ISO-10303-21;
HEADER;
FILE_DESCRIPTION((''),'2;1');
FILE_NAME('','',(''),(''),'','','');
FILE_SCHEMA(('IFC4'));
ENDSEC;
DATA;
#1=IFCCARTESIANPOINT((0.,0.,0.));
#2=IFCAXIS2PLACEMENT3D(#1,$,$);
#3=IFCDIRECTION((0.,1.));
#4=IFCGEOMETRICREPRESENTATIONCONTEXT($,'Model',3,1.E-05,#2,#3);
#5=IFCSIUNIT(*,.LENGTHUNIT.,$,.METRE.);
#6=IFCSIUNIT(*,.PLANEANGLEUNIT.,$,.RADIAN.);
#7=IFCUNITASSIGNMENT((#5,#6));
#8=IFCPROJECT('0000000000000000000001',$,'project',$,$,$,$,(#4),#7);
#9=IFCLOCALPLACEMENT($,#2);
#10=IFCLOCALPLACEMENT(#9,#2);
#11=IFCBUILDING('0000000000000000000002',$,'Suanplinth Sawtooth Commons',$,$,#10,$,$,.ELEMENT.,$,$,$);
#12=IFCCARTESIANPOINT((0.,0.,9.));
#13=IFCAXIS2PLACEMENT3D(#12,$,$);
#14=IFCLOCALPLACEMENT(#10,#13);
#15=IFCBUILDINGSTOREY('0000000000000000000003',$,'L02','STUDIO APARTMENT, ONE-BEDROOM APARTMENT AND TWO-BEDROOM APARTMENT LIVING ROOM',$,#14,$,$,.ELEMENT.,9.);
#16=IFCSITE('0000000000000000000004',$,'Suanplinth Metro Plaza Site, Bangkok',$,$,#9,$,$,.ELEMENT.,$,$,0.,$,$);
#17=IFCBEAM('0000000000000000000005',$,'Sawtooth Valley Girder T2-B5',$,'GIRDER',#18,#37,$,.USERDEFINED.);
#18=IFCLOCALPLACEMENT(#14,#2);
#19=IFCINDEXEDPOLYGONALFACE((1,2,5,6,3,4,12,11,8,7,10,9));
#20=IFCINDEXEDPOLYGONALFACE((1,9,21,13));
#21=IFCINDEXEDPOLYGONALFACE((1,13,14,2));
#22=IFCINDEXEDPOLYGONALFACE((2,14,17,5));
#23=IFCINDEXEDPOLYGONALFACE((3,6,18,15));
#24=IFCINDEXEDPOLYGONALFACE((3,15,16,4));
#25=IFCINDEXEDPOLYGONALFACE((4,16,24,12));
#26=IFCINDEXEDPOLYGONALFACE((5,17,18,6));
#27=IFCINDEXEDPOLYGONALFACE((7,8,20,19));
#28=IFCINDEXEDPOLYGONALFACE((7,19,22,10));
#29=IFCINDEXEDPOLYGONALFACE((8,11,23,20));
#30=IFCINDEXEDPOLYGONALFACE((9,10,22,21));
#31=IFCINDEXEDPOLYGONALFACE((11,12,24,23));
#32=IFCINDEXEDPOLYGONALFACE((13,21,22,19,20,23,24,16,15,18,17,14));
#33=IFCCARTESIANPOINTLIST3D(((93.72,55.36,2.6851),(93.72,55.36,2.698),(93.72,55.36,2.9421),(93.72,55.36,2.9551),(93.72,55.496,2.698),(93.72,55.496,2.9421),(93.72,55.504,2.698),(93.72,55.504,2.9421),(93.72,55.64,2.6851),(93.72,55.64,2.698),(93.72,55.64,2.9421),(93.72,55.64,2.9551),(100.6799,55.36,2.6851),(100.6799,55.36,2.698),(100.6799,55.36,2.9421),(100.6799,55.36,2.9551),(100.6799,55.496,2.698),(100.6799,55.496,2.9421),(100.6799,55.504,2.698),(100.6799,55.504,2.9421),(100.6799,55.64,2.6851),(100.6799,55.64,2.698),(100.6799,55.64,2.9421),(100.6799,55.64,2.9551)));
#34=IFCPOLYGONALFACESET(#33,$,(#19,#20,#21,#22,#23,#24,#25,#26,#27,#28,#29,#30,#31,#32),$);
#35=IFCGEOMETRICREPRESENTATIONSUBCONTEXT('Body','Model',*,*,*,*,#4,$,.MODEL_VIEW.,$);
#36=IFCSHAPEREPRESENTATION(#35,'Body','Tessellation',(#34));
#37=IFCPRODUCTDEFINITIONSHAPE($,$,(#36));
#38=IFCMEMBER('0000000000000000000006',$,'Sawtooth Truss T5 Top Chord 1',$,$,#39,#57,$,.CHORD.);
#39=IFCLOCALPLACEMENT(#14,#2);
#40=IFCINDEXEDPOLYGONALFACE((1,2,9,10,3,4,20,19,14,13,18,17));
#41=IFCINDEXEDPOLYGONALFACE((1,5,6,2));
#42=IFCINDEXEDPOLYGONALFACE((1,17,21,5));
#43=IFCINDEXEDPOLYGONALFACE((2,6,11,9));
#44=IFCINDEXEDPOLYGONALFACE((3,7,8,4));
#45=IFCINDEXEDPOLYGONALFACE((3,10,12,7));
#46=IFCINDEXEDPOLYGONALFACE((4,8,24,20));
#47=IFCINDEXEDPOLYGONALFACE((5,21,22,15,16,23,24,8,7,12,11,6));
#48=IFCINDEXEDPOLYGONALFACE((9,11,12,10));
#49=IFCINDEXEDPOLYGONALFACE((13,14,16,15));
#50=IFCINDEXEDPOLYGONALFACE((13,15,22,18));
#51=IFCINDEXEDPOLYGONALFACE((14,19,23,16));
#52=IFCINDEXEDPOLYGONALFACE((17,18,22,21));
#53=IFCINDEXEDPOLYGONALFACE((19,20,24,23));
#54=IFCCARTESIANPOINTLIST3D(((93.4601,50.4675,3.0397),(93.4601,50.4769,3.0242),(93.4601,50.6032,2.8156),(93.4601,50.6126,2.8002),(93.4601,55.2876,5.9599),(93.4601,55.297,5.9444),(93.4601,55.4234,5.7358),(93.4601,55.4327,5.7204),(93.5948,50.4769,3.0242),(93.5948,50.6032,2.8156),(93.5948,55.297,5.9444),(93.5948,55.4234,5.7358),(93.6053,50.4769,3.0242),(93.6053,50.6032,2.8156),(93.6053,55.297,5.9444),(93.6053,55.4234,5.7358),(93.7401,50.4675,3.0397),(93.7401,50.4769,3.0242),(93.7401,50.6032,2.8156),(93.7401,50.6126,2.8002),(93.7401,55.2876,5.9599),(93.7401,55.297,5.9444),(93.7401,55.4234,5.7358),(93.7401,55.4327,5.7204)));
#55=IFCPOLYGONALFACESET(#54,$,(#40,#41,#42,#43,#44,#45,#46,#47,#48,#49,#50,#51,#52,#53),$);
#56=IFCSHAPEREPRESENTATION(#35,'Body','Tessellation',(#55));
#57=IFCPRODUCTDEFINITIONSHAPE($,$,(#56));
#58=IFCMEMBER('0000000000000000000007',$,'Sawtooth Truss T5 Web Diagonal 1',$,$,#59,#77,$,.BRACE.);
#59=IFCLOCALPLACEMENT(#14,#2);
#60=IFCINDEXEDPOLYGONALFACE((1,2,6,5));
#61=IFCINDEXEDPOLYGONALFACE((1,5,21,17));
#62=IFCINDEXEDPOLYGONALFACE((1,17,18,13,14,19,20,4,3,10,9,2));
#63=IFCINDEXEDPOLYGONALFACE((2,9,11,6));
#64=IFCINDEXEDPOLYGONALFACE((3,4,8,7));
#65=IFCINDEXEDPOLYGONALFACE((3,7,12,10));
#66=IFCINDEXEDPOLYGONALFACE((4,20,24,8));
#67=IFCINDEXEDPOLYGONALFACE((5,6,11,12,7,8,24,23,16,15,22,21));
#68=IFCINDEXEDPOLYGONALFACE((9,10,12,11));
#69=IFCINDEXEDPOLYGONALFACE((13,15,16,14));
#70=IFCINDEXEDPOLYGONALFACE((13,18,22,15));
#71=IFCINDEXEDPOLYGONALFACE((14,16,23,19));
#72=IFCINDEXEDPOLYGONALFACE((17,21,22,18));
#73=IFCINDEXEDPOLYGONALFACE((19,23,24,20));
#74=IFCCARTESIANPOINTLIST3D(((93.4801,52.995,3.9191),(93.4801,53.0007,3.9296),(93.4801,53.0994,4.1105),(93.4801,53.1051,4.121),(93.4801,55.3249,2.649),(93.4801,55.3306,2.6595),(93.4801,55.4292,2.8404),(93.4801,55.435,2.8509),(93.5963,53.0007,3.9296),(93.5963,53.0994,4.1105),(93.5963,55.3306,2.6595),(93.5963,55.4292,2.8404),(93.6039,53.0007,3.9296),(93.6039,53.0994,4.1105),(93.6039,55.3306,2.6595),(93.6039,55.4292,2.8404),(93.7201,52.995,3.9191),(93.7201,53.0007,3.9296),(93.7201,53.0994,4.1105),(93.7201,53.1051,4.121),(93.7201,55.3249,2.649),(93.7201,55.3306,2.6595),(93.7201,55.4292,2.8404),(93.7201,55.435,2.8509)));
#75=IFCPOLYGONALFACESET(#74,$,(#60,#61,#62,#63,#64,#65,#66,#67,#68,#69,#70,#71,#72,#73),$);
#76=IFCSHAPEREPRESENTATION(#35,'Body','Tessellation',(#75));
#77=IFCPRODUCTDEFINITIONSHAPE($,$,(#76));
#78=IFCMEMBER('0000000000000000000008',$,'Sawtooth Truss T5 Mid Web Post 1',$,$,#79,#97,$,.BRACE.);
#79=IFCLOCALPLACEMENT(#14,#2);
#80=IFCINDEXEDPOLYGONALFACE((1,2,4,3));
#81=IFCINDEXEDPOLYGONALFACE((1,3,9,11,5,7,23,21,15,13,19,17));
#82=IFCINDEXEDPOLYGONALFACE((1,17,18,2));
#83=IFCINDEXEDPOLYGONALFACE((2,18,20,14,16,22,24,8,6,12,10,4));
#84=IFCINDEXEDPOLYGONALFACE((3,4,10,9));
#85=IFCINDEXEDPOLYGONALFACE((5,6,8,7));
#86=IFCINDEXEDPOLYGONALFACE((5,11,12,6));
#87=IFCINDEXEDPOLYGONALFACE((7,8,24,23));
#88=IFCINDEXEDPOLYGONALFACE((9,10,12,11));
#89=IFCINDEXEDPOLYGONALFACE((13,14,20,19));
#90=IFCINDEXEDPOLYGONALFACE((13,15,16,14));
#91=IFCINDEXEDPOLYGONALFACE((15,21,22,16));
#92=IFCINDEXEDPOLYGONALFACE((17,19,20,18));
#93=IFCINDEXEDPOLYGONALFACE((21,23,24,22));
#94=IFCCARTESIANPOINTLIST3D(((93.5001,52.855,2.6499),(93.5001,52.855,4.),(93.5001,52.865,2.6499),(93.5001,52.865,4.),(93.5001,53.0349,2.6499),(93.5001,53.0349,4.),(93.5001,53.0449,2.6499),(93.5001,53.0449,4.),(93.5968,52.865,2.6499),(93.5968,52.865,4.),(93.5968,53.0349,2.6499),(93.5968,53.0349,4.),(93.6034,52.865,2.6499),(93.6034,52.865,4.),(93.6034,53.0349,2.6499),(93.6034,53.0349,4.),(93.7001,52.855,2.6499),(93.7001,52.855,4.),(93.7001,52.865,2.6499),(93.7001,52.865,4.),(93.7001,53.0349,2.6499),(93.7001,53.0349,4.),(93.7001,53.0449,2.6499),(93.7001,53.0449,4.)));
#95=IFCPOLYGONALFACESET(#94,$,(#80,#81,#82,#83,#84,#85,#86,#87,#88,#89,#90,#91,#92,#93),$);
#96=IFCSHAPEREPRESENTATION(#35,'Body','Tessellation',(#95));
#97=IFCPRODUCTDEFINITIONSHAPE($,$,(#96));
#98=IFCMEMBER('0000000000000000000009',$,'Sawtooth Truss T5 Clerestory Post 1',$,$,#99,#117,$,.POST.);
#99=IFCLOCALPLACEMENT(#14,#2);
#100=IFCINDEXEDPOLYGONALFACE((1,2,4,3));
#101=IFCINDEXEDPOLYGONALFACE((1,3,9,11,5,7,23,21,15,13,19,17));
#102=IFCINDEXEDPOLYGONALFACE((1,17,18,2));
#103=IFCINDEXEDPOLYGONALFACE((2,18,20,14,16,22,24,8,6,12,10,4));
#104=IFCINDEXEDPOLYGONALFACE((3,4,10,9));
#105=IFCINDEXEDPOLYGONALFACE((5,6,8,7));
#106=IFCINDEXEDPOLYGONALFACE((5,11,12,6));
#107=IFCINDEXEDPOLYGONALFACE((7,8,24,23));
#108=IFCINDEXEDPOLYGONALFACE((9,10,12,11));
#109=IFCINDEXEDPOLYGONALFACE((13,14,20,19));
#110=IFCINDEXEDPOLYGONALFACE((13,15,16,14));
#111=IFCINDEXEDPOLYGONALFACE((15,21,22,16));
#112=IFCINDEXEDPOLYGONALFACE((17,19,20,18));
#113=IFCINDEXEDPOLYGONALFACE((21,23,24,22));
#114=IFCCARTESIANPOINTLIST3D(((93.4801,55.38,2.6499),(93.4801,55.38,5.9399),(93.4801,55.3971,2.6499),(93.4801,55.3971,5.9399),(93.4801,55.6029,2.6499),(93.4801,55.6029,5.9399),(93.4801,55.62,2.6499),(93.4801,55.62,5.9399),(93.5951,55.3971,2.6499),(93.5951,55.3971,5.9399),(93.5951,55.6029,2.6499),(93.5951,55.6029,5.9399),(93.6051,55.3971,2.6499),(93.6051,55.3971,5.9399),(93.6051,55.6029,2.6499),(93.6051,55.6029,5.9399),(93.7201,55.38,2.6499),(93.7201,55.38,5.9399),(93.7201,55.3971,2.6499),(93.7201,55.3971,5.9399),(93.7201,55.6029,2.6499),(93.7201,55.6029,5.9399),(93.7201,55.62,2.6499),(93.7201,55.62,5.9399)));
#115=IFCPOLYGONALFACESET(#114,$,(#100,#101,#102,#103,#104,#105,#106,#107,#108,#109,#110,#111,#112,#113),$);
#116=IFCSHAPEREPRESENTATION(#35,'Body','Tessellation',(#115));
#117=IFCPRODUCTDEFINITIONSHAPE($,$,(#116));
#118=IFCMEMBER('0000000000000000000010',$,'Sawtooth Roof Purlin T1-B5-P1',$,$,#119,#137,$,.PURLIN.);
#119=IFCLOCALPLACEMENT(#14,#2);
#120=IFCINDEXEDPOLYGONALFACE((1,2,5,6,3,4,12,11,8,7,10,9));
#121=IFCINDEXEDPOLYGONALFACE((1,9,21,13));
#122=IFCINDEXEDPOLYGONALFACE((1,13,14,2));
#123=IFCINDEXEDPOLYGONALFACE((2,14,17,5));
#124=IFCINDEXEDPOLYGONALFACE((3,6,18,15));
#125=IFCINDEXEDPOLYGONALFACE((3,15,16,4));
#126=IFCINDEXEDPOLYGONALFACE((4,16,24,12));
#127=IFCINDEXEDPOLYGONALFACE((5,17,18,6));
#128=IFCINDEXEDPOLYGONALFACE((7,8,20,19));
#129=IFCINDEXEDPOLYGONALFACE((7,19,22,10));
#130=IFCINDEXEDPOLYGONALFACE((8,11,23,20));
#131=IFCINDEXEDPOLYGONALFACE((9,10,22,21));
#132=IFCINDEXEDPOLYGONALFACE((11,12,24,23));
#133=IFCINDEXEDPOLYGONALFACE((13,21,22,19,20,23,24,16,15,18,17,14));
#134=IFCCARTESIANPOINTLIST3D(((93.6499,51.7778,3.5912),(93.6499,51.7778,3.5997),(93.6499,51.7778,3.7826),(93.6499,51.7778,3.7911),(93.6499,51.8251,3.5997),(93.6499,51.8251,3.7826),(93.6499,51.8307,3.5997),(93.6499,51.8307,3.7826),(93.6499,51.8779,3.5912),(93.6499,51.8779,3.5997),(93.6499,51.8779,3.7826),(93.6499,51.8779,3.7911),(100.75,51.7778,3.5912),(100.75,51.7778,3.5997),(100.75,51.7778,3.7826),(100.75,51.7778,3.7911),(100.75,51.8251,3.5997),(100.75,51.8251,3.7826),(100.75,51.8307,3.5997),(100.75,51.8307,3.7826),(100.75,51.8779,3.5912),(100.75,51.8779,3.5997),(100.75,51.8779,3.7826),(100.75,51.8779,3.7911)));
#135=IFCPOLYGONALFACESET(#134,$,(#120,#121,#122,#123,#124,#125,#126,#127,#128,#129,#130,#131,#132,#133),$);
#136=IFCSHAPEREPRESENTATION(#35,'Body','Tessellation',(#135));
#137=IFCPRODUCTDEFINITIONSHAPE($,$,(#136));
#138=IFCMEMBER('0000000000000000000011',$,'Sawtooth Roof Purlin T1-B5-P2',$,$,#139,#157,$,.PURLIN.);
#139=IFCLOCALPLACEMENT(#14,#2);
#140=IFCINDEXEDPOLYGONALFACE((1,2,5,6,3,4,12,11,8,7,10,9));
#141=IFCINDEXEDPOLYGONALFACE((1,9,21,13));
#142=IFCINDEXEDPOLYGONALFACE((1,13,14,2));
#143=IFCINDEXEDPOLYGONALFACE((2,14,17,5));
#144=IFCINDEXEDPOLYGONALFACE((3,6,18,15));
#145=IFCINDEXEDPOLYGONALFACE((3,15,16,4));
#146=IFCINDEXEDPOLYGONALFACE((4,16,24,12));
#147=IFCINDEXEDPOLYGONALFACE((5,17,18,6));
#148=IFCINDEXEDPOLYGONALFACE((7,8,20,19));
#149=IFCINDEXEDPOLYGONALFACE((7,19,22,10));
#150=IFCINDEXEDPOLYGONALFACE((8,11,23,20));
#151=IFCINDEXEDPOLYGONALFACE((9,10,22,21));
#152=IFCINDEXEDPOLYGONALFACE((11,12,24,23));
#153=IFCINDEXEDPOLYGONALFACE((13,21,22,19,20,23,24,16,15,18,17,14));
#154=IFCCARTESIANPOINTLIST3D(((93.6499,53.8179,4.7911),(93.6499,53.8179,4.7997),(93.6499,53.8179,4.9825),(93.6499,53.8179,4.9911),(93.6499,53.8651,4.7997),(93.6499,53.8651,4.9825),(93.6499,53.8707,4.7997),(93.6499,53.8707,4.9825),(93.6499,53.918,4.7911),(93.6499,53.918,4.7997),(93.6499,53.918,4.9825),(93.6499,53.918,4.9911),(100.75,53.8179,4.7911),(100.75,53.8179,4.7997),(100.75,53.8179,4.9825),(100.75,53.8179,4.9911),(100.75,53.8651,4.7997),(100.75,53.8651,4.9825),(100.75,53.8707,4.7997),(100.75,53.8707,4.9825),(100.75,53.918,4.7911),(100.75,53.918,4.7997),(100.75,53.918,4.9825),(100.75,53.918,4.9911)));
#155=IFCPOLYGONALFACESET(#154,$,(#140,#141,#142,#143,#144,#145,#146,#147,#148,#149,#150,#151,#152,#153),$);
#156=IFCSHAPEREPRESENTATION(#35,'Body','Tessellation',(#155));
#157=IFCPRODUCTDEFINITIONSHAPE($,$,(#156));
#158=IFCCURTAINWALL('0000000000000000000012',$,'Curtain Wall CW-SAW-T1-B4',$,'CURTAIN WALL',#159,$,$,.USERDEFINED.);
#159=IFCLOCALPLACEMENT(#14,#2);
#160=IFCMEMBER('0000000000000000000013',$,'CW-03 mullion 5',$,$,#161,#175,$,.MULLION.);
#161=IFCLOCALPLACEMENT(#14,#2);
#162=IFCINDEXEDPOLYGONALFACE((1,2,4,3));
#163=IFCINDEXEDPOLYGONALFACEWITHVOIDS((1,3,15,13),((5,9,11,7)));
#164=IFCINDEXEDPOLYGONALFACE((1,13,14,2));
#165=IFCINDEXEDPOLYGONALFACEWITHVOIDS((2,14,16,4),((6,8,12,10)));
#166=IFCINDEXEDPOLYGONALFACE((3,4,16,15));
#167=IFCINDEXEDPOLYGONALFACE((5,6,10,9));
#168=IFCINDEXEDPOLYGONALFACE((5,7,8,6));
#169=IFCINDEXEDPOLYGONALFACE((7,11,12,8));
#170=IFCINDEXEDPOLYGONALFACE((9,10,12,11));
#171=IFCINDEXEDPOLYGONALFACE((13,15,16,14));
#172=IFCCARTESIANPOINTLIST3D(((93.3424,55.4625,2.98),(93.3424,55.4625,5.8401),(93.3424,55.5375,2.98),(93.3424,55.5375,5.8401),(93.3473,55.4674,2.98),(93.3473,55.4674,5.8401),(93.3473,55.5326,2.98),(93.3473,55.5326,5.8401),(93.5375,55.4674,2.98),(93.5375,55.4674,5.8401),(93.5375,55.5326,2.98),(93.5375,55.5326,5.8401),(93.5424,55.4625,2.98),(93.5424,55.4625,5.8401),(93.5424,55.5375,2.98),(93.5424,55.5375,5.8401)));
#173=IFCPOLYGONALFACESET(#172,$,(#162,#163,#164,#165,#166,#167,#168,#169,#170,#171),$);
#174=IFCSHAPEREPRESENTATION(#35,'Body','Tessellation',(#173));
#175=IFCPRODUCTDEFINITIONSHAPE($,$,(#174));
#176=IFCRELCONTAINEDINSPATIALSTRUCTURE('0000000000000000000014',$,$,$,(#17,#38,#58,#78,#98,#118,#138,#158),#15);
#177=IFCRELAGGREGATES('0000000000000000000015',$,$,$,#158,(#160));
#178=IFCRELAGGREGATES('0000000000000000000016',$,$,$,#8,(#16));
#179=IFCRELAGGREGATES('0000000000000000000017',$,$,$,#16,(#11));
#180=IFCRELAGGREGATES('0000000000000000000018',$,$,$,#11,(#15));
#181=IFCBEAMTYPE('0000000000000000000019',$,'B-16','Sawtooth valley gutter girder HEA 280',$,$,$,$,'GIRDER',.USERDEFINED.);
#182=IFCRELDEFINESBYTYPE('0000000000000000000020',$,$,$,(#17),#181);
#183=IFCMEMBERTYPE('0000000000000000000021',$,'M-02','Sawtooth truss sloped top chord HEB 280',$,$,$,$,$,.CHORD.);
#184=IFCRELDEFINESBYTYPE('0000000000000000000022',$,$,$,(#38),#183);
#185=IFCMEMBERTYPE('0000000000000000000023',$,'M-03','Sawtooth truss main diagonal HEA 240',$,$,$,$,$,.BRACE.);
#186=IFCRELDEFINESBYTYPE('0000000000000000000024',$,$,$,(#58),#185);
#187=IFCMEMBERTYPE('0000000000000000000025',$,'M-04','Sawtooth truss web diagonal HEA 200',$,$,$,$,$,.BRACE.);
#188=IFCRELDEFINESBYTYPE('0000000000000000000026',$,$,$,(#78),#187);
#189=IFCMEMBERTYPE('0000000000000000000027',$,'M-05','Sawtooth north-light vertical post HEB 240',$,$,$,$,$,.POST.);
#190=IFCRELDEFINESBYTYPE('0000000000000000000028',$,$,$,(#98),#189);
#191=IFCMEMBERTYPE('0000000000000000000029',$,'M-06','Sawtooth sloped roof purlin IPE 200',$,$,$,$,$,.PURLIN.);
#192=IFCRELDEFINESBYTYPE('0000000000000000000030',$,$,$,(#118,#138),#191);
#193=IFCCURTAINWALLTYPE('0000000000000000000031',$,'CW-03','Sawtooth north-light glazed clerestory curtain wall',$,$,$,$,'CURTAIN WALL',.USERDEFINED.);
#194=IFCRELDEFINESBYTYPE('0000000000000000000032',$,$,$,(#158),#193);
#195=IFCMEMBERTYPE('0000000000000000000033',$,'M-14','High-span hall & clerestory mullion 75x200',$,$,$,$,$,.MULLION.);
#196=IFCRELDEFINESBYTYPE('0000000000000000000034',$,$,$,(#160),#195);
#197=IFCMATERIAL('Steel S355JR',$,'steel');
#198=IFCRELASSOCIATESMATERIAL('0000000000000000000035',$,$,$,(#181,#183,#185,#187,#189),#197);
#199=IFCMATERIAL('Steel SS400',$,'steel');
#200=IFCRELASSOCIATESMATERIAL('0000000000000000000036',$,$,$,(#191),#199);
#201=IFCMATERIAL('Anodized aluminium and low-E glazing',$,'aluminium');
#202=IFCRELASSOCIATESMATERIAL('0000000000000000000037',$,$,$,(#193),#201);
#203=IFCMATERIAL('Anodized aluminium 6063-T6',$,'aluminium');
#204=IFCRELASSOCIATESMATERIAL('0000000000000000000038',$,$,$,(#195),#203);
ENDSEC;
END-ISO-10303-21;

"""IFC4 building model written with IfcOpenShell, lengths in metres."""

from ifc_helpers import new_model, si_unit, direction, frame, origin, origin_2d, place, context, subcontext, project, spatial, hollow_rectangle, i_section, extrude, material, material_profile, profile_set, type_object, element, aggregate, save


model = new_model("IFC4")

# Units and contexts
model_context = context("Model", 3, precision=1e-05, world=origin(), true_north=direction((0.0, 1.0)))
body_context = subcontext(model_context, "Body", "Model", "MODEL_VIEW")
ifc_project = project(units=[si_unit("LENGTHUNIT", "METRE"), si_unit("PLANEANGLEUNIT", "RADIAN")], contexts=[model_context])

# Site, building, storey
site_placement = place(None, origin())
site = spatial("IfcSite", under=ifc_project, at=site_placement, Name="Suanplinth Metro Plaza Site, Bangkok", CompositionType="ELEMENT", RefElevation=0.0)
building_placement = place(site_placement, origin())
building = spatial("IfcBuilding", under=site, at=building_placement, Name="Suanplinth Sawtooth Commons", CompositionType="ELEMENT")
storey_placement = place(building_placement, frame((0.0, 0.0, 9.0)))
storey = spatial("IfcBuildingStorey", under=building, at=storey_placement, Name="L02", Description="STUDIO APARTMENT, ONE-BEDROOM APARTMENT AND TWO-BEDROOM APARTMENT LIVING ROOM", CompositionType="ELEMENT", Elevation=9.0)

# Beam
ifc_material_1 = material(Name="Steel S355JR", Category="steel")
ifc_material_profile_1 = material_profile(ifc_material_1, i_section(OverallWidth=0.28, OverallDepth=0.27, WebThickness=0.0081, FlangeThickness=0.0129, at=origin_2d()), Name="HEA 280")
ifc_profile_set_1 = profile_set([ifc_material_profile_1], Name="Steel S355JR")
beam_type = type_object("IfcBeamType", Name="B-16", Description="Sawtooth valley gutter girder HEA 280", ElementType="GIRDER", PredefinedType="USERDEFINED", material=ifc_profile_set_1)
beam_placement = place(storey_placement, frame((93.72, 55.5, 2.8201), z_axis=(1.0, 0.0, 0.0), x_axis=(0.0, 1.0, 0.0)))
element("IfcBeam", 1, at=beam_placement, inside=storey, type_object=beam_type, Name="Sawtooth Valley Girder T2-B5", ObjectType="GIRDER", PredefinedType="USERDEFINED", context=body_context, shape_type="SweptSolid", body=[
    extrude(i_section(OverallWidth=0.28, OverallDepth=0.27, WebThickness=0.0081, FlangeThickness=0.0129, at=origin_2d()), origin(), (0.0, 0.0, 1.0), 6.96),
])

# Members
ifc_material_profile_2 = material_profile(ifc_material_1, i_section(OverallWidth=0.28, OverallDepth=0.28, WebThickness=0.0105, FlangeThickness=0.0181, at=origin_2d()), Name="HEB 280")
ifc_profile_set_2 = profile_set([ifc_material_profile_2], Name="Steel S355JR")
member_type_1 = type_object("IfcMemberType", Name="M-02", Description="Sawtooth truss sloped top chord HEB 280", PredefinedType="CHORD", material=ifc_profile_set_2)
member_1_placement = place(storey_placement, frame((93.6001, 50.54, 2.9199), z_axis=(0.0, 0.855283, 0.518161), x_axis=(-1.0, 0.0, 0.0)))
element("IfcMember", 2, at=member_1_placement, inside=storey, type_object=member_type_1, Name="Sawtooth Truss T5 Top Chord 1", PredefinedType="CHORD", context=body_context, shape_type="SweptSolid", body=[
    extrude(i_section(OverallWidth=0.28, OverallDepth=0.28, WebThickness=0.0105, FlangeThickness=0.0181, at=origin_2d()), origin(), (0.0, 0.0, 1.0), 5.6357),
])
ifc_material_profile_3 = material_profile(ifc_material_1, i_section(OverallWidth=0.24, OverallDepth=0.23, WebThickness=0.0076, FlangeThickness=0.012, at=origin_2d()), Name="HEA 240")
ifc_profile_set_3 = profile_set([ifc_material_profile_3], Name="Steel S355JR")
member_type_2 = type_object("IfcMemberType", Name="M-03", Description="Sawtooth truss main diagonal HEA 240", PredefinedType="BRACE", material=ifc_profile_set_3)
member_2_placement = place(storey_placement, frame((93.6001, 53.05, 4.02), z_axis=(0.0, 0.878022, -0.47862), x_axis=(-1.0, 0.0, 0.0)))
element("IfcMember", 3, at=member_2_placement, inside=storey, type_object=member_type_2, Name="Sawtooth Truss T5 Web Diagonal 1", PredefinedType="BRACE", context=body_context, shape_type="SweptSolid", body=[
    extrude(i_section(OverallWidth=0.24, OverallDepth=0.23, WebThickness=0.0076, FlangeThickness=0.012, at=origin_2d()), origin(), (0.0, 0.0, 1.0), 2.6536),
])
ifc_material_profile_4 = material_profile(ifc_material_1, i_section(OverallWidth=0.2, OverallDepth=0.1899, WebThickness=0.0066, FlangeThickness=0.01, at=origin_2d()), Name="HEA 200")
ifc_profile_set_4 = profile_set([ifc_material_profile_4], Name="Steel S355JR")
member_type_3 = type_object("IfcMemberType", Name="M-04", Description="Sawtooth truss web diagonal HEA 200", PredefinedType="BRACE", material=ifc_profile_set_4)
member_3_placement = place(storey_placement, frame((93.6001, 52.95, 2.6499), z_axis=(0.0, 0.0, 1.0), x_axis=(1.0, 0.0, 0.0)))
element("IfcMember", 4, at=member_3_placement, inside=storey, type_object=member_type_3, Name="Sawtooth Truss T5 Mid Web Post 1", PredefinedType="BRACE", context=body_context, shape_type="SweptSolid", body=[
    extrude(i_section(OverallWidth=0.2, OverallDepth=0.1899, WebThickness=0.0066, FlangeThickness=0.01, at=origin_2d()), origin(), (0.0, 0.0, 1.0), 1.3501),
])
ifc_material_profile_5 = material_profile(ifc_material_1, i_section(OverallWidth=0.24, OverallDepth=0.24, WebThickness=0.01, FlangeThickness=0.0171, at=origin_2d()), Name="HEB 240")
ifc_profile_set_5 = profile_set([ifc_material_profile_5], Name="Steel S355JR")
member_type_4 = type_object("IfcMemberType", Name="M-05", Description="Sawtooth north-light vertical post HEB 240", PredefinedType="POST", material=ifc_profile_set_5)
member_4_placement = place(storey_placement, frame((93.6001, 55.5, 2.6499), z_axis=(0.0, 0.0, 1.0), x_axis=(1.0, 0.0, 0.0)))
element("IfcMember", 5, at=member_4_placement, inside=storey, type_object=member_type_4, Name="Sawtooth Truss T5 Clerestory Post 1", PredefinedType="POST", context=body_context, shape_type="SweptSolid", body=[
    extrude(i_section(OverallWidth=0.24, OverallDepth=0.24, WebThickness=0.01, FlangeThickness=0.0171, at=origin_2d()), origin(), (0.0, 0.0, 1.0), 3.29),
])
ifc_material_2 = material(Name="Steel SS400", Category="steel")
ifc_material_profile_6 = material_profile(ifc_material_2, i_section(OverallWidth=0.1001, OverallDepth=0.2, WebThickness=0.0056, FlangeThickness=0.0085, at=origin_2d()), Name="IPE 200")
ifc_profile_set_6 = profile_set([ifc_material_profile_6], Name="Steel SS400")
member_type_5 = type_object("IfcMemberType", Name="M-06", Description="Sawtooth sloped roof purlin IPE 200", PredefinedType="PURLIN", material=ifc_profile_set_6)
for number, where, z_axis, x_axis, name in (
    (6, (93.6499, 51.8279, 3.6912), (1.0, 0.0, 0.0), (0.0, 1.0, 0.0), "Sawtooth Roof Purlin T1-B5-P1"),
    (7, (93.6499, 53.8679, 4.8911), (1.0, 0.0, 0.0), (0.0, 1.0, 0.0), "Sawtooth Roof Purlin T1-B5-P2"),
):
    element("IfcMember", number, at=place(storey_placement, frame(where, z_axis=z_axis, x_axis=x_axis)), inside=storey, type_object=member_type_5, Name=name, PredefinedType="PURLIN", context=body_context, shape_type="SweptSolid", body=[
        extrude(i_section(OverallWidth=0.1001, OverallDepth=0.2, WebThickness=0.0056, FlangeThickness=0.0085, at=origin_2d()), origin(), (0.0, 0.0, 1.0), 7.1001),
    ])

# Curtain wall, member
ifc_material_3 = material(Name="Anodized aluminium and low-E glazing", Category="aluminium")
curtain_wall_type = type_object("IfcCurtainWallType", Name="CW-03", Description="Sawtooth north-light glazed clerestory curtain wall", ElementType="CURTAIN WALL", PredefinedType="USERDEFINED", material=ifc_material_3)
curtain_wall_1_placement = place(storey_placement, origin())
curtain_wall_1 = element("IfcCurtainWall", 8, at=curtain_wall_1_placement, inside=storey, type_object=curtain_wall_type, Name="Curtain Wall CW-SAW-T1-B4", ObjectType="CURTAIN WALL", PredefinedType="USERDEFINED")
ifc_material_4 = material(Name="Anodized aluminium 6063-T6", Category="aluminium")
ifc_material_profile_7 = material_profile(ifc_material_4, hollow_rectangle(XDim=0.075, YDim=0.2, WallThickness=0.0049, at=origin_2d()), Name="ALU-MUL 75x200")
ifc_profile_set_7 = profile_set([ifc_material_profile_7], Name="Anodized aluminium 6063-T6")
member_type_6 = type_object("IfcMemberType", Name="M-14", Description="High-span hall & clerestory mullion 75x200", PredefinedType="MULLION", material=ifc_profile_set_7)
member_5_placement = place(storey_placement, frame((93.4424, 55.5, 2.98), z_axis=(0.0, 0.0, 1.0), x_axis=(0.0, 1.0, 0.0)))
member_5 = element("IfcMember", 9, at=member_5_placement, type_object=member_type_6, Name="CW-03 mullion 5", PredefinedType="MULLION", context=body_context, shape_type="SweptSolid", body=[
    extrude(hollow_rectangle(XDim=0.075, YDim=0.2, WallThickness=0.0049, at=origin_2d()), origin(), (0.0, 0.0, 1.0), 2.8601),
])
aggregate(curtain_wall_1, [member_5])

save(model, "model.ifc")
